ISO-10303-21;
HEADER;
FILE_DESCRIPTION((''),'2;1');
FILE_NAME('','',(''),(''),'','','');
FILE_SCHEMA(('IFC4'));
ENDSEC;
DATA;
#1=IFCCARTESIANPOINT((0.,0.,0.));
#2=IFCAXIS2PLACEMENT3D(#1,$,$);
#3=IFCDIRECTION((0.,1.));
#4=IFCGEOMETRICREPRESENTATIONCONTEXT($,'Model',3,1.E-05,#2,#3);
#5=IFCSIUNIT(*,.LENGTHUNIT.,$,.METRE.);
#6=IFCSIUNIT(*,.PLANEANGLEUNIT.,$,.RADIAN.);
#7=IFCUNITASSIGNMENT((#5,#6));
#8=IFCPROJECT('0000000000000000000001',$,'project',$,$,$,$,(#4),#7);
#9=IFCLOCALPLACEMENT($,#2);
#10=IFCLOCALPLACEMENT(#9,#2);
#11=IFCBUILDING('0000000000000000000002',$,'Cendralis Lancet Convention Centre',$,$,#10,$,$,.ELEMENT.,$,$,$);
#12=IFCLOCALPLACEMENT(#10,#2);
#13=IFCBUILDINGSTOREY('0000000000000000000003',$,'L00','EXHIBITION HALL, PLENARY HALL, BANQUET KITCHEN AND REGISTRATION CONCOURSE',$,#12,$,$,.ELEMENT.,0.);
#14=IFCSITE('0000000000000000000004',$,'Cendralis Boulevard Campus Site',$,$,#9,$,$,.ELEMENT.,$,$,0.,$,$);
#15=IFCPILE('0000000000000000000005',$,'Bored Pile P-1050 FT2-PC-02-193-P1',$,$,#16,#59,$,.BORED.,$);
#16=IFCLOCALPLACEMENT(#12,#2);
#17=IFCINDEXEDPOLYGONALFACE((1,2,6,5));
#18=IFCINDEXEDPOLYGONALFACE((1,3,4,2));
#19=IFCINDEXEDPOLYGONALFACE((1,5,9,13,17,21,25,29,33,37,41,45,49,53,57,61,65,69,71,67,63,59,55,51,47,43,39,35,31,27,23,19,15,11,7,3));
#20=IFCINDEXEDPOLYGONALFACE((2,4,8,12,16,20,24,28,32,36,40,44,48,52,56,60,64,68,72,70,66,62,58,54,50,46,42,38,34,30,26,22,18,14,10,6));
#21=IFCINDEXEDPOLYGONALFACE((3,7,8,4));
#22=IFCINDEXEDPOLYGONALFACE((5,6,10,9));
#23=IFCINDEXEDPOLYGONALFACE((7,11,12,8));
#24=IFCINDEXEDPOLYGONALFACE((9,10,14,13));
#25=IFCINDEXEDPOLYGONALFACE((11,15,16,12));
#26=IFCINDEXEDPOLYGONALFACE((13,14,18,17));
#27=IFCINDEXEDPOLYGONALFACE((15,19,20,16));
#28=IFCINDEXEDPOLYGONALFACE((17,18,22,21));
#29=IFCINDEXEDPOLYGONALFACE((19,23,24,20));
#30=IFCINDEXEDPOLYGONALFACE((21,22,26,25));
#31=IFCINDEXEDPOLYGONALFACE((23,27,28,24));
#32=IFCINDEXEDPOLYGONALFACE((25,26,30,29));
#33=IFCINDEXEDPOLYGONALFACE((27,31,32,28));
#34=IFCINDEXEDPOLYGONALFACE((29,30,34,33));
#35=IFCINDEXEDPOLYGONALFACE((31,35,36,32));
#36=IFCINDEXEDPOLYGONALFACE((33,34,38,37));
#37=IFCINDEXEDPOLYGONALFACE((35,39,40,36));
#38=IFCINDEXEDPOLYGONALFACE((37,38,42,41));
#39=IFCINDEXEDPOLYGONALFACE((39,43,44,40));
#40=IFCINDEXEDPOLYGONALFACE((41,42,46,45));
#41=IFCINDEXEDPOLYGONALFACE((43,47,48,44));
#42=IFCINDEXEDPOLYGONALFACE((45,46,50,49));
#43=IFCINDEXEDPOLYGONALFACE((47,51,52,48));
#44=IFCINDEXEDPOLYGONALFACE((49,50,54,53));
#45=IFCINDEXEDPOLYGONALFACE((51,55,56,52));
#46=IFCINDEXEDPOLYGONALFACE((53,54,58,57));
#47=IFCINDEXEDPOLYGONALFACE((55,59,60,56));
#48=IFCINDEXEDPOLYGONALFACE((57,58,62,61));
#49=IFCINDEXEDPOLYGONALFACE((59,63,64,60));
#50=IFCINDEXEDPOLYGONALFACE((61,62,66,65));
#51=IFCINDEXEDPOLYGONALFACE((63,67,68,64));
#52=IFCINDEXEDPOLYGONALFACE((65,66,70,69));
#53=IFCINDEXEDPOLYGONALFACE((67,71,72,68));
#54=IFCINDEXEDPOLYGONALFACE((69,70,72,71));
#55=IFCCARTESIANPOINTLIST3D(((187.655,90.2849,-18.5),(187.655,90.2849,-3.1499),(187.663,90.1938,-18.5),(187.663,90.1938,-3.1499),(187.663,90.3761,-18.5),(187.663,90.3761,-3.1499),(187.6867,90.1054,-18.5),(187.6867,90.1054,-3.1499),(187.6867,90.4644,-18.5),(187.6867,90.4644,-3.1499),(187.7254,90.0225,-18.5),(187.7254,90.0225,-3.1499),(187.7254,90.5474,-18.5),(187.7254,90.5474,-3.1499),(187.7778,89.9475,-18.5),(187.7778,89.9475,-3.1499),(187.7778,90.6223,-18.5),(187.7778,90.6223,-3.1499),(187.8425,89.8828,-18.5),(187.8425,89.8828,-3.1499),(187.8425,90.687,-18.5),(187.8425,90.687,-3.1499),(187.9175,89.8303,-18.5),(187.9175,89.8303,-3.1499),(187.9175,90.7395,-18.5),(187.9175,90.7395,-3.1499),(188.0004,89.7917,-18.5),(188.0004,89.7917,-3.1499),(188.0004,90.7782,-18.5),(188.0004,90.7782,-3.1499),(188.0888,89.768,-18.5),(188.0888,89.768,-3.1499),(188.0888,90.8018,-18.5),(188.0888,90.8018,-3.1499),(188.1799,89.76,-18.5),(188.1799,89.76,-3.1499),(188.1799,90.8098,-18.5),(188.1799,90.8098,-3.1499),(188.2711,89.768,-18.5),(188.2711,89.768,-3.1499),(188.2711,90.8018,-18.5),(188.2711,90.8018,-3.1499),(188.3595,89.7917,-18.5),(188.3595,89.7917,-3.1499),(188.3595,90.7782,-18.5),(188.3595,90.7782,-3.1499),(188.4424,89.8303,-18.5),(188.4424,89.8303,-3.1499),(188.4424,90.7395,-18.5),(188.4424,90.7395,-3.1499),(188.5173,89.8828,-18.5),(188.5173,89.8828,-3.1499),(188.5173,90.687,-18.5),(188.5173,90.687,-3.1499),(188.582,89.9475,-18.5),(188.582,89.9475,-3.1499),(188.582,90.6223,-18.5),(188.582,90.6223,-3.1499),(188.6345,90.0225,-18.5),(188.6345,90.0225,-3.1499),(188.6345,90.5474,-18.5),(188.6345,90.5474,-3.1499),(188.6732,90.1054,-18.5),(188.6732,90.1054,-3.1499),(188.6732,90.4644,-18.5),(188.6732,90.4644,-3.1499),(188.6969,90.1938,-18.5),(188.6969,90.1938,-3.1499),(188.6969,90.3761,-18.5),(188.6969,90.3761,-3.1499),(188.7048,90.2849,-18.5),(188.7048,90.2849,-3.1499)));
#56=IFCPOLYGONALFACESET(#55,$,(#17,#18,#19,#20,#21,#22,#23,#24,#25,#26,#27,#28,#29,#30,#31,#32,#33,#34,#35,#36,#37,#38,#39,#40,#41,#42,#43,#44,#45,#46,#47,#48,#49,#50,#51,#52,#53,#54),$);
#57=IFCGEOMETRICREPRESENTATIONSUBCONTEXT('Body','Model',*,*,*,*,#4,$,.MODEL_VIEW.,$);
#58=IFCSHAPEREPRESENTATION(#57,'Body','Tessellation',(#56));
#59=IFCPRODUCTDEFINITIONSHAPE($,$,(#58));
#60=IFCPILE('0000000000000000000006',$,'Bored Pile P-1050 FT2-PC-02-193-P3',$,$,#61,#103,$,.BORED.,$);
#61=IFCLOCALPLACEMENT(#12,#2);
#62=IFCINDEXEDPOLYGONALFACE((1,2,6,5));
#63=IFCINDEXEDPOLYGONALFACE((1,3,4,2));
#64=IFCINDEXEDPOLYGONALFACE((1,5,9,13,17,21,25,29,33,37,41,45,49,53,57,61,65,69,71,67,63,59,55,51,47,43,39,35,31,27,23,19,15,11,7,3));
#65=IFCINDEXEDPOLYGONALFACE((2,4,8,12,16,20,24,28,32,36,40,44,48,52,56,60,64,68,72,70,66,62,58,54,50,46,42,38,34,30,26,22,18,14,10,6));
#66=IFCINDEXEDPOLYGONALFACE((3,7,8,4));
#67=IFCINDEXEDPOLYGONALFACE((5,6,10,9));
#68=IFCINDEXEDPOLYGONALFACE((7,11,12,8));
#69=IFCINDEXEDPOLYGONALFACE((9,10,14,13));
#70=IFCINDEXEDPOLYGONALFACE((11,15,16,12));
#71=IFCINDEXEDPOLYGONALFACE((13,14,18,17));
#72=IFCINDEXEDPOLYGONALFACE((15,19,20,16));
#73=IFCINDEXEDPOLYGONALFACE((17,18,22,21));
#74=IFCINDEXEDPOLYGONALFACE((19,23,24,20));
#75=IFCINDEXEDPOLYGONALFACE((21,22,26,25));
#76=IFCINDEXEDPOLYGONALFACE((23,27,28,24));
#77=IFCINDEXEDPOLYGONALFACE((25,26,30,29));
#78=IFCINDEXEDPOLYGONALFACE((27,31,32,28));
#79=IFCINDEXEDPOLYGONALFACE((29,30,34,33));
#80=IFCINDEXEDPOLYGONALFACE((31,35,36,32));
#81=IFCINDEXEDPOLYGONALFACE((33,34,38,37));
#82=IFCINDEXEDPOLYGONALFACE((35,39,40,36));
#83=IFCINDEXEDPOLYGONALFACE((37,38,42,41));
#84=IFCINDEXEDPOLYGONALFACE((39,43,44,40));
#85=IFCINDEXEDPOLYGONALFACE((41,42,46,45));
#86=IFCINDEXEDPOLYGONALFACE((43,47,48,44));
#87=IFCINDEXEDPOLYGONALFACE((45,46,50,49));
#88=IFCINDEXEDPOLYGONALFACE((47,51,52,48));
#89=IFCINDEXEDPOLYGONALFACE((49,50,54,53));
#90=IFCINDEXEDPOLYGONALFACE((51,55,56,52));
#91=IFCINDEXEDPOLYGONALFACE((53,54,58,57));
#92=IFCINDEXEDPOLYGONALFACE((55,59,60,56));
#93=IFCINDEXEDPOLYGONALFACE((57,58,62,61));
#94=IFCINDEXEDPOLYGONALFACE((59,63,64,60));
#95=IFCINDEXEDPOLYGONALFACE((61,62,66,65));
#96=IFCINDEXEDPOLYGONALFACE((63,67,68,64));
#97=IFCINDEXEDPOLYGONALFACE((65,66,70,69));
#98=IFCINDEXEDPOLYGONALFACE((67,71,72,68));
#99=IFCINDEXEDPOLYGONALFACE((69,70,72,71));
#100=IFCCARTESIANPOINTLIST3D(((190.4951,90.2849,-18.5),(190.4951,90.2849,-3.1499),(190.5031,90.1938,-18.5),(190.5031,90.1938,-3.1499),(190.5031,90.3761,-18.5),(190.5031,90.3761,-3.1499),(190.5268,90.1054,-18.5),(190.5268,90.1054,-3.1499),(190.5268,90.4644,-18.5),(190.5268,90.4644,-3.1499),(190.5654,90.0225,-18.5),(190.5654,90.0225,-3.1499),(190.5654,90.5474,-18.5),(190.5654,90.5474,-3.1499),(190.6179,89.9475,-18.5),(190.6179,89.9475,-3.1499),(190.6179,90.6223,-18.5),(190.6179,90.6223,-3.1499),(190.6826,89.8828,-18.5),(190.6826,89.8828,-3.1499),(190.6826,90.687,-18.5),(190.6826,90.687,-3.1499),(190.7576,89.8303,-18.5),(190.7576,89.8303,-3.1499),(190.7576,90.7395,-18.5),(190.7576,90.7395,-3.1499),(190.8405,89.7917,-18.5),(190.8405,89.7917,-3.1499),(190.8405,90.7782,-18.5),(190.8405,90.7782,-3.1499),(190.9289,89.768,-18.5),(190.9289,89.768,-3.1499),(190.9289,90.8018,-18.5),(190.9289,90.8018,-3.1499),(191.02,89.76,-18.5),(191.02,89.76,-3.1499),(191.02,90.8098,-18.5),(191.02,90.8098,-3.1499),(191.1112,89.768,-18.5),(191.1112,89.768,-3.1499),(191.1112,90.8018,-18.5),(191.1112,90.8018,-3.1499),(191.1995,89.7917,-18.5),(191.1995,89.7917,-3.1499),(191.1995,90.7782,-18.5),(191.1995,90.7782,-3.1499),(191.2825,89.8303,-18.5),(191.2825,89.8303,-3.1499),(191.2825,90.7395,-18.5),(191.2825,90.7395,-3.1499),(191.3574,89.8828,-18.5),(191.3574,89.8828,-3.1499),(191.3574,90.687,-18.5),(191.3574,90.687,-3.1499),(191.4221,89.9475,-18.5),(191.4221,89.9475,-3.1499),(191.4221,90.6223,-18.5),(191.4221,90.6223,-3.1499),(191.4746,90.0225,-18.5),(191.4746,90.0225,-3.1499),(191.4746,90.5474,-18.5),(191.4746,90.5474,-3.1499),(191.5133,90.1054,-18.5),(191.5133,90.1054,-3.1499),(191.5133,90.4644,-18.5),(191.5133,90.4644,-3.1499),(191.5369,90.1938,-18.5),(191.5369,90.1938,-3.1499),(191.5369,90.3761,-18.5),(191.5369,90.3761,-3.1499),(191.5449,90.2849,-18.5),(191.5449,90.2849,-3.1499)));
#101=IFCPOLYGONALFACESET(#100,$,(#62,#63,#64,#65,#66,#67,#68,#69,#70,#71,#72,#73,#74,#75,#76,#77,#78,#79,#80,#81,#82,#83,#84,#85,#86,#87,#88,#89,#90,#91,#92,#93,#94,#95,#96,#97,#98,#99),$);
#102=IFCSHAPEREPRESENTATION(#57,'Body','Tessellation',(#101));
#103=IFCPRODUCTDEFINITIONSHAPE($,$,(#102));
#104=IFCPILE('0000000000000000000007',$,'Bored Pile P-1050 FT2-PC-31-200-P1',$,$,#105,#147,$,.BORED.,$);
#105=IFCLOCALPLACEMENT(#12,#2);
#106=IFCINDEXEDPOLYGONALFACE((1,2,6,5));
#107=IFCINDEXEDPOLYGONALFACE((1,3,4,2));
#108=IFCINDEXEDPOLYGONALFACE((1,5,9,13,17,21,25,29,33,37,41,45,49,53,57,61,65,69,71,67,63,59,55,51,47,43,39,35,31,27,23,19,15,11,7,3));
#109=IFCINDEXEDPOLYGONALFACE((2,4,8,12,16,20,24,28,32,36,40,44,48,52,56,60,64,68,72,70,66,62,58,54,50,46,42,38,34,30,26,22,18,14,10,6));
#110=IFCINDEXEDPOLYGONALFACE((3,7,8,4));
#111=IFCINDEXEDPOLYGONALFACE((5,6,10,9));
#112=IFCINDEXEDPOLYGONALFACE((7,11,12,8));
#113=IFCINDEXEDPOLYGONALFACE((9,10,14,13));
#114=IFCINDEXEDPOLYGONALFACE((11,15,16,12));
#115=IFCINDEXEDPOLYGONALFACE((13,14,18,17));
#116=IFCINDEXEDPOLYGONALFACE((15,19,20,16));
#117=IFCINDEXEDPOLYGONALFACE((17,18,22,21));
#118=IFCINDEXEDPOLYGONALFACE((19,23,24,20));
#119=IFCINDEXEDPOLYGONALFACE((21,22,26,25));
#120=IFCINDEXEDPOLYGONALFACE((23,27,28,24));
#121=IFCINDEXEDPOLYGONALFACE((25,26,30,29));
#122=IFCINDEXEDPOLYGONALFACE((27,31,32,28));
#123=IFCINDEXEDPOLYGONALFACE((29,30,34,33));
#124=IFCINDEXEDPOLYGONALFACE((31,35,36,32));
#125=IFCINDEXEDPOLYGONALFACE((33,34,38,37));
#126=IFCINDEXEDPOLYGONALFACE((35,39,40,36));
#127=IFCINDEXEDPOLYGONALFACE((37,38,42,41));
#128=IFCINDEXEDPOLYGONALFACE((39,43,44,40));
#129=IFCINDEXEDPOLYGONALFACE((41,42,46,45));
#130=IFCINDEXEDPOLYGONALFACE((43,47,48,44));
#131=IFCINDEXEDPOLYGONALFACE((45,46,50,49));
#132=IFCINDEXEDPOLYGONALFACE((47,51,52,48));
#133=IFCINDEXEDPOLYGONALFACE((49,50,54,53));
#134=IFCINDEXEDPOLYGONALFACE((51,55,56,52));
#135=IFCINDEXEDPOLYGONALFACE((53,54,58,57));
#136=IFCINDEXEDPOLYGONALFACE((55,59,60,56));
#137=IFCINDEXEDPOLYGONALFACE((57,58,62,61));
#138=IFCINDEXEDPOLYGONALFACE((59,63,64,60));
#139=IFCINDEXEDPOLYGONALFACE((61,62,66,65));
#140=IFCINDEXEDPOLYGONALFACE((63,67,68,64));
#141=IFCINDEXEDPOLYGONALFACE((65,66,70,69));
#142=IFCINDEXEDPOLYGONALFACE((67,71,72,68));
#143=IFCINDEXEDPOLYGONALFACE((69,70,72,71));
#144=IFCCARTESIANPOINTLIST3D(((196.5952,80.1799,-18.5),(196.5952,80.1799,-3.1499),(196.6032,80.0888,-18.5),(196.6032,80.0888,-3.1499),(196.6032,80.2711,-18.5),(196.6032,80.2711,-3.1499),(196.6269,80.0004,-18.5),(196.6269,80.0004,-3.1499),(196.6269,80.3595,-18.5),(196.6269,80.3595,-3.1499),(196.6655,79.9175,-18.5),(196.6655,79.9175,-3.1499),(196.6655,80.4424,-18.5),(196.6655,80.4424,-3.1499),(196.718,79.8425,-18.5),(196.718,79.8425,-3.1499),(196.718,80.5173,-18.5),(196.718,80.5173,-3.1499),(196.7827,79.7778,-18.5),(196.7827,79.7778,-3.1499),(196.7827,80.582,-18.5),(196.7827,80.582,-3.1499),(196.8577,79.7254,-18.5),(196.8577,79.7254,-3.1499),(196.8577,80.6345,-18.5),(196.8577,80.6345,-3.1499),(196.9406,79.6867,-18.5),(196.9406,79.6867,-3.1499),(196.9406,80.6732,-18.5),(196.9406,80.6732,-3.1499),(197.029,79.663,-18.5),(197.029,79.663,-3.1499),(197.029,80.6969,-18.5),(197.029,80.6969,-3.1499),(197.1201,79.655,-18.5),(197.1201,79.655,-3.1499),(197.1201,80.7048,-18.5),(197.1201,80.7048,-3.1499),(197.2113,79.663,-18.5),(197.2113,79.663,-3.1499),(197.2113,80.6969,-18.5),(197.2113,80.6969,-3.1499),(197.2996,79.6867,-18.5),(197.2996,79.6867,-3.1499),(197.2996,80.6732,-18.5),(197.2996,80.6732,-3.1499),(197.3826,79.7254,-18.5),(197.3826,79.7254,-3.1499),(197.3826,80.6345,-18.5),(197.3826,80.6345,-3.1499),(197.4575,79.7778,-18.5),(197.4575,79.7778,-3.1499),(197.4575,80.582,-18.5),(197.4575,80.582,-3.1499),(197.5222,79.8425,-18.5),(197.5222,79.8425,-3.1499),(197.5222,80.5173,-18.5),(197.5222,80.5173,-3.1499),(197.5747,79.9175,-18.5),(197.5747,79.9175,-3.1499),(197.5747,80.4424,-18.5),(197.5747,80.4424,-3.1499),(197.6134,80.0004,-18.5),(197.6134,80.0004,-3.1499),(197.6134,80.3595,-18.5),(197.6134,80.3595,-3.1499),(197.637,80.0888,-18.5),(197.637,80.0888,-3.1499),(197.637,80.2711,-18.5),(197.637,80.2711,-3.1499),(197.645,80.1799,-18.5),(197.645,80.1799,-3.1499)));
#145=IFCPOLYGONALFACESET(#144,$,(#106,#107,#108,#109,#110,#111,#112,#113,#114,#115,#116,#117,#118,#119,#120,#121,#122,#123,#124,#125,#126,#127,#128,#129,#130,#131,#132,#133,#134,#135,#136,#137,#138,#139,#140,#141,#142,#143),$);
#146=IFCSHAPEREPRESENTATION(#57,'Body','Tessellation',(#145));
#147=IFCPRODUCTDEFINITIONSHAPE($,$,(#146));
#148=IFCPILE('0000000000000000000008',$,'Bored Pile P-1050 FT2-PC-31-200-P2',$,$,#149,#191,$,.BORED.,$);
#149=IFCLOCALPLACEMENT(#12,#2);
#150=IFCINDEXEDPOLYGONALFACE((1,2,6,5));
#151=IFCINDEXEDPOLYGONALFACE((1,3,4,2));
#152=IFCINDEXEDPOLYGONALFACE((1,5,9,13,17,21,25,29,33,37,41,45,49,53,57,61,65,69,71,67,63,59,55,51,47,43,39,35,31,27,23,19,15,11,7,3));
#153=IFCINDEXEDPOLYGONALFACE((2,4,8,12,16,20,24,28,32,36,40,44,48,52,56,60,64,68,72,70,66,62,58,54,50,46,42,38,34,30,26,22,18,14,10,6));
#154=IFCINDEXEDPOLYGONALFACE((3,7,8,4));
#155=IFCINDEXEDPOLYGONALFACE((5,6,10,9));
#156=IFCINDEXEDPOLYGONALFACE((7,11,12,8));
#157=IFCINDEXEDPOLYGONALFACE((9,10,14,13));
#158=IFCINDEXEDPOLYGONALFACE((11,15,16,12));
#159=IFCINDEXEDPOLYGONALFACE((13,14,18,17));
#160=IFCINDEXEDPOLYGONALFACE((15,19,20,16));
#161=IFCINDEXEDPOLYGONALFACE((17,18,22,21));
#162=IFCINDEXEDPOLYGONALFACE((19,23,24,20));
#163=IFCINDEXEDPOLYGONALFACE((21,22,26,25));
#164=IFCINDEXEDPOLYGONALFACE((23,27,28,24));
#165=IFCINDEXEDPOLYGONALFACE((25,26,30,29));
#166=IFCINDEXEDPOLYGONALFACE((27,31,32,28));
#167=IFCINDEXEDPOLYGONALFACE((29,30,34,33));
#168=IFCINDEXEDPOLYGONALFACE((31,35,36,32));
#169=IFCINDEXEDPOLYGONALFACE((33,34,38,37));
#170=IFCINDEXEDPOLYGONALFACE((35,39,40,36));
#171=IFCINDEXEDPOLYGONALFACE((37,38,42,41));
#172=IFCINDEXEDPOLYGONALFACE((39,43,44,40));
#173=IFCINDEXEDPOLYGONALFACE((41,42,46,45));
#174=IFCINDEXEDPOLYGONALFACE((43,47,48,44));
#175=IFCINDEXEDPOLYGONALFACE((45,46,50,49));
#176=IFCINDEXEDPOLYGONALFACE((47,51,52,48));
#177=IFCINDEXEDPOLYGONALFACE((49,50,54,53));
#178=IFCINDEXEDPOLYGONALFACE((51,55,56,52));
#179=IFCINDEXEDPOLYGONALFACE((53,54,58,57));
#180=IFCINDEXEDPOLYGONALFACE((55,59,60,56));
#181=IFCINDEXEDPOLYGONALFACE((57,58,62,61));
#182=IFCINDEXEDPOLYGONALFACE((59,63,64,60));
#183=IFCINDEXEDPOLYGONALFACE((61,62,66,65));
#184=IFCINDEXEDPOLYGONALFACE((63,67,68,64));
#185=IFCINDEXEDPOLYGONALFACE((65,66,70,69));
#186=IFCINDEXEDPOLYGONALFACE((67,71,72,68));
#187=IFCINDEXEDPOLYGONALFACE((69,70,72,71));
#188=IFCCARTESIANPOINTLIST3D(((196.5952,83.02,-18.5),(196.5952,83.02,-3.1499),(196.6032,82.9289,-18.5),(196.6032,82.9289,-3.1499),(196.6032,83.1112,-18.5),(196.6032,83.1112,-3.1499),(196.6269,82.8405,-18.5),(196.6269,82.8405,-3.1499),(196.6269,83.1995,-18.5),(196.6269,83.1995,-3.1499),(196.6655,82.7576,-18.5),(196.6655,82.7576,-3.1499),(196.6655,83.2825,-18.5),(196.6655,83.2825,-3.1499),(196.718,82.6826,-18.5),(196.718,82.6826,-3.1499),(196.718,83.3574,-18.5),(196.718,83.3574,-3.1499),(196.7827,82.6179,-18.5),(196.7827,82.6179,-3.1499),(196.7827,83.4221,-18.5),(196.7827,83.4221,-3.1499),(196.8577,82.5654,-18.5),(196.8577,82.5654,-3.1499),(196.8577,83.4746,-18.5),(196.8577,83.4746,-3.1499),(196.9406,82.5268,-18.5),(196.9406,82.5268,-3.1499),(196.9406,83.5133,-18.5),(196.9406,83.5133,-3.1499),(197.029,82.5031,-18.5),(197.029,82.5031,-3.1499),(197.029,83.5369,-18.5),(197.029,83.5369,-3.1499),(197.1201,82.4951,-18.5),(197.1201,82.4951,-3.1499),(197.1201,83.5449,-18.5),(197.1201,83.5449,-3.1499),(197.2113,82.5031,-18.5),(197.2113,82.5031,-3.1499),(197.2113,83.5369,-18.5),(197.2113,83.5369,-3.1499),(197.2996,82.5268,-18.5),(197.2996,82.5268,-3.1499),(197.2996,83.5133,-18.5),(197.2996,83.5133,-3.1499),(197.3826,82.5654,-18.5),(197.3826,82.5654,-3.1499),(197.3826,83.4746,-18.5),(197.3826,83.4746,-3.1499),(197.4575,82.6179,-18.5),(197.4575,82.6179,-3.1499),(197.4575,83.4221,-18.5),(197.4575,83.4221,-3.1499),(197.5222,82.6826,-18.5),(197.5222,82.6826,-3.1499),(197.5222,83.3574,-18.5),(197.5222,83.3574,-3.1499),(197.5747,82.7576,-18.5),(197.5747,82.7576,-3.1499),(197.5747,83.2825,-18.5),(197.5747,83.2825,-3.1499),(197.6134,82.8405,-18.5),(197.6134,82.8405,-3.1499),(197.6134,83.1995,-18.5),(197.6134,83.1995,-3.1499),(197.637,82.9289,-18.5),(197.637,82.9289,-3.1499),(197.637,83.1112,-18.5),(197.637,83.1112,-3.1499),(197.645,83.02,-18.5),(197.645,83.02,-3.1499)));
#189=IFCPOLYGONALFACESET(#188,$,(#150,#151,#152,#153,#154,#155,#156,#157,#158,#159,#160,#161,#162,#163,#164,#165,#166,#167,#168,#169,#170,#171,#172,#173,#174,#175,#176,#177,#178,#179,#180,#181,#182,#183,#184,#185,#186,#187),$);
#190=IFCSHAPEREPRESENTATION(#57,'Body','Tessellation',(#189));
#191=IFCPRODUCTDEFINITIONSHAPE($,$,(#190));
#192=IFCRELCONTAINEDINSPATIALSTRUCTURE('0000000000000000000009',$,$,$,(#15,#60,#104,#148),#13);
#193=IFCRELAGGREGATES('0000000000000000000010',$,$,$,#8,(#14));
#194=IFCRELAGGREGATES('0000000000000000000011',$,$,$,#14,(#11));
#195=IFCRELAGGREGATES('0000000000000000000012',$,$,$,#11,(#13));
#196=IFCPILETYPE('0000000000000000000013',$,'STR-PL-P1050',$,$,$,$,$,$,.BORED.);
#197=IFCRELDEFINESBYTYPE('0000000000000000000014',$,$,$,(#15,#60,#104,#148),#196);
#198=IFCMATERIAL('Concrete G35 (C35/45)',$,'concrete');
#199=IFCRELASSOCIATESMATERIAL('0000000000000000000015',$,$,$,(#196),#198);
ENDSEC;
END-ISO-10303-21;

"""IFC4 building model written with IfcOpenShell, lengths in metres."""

from ifc_helpers import new_model, si_unit, direction, frame, origin, origin_2d, place, context, subcontext, project, spatial, circle, extrude, material, material_profile, profile_set, type_object, element, save


model = new_model("IFC4")

# Units and contexts
model_context = context("Model", 3, precision=1e-05, world=origin(), true_north=direction((0.0, 1.0)))
body_context = subcontext(model_context, "Body", "Model", "MODEL_VIEW")
ifc_project = project(units=[si_unit("LENGTHUNIT", "METRE"), si_unit("PLANEANGLEUNIT", "RADIAN")], contexts=[model_context])

# Site, building, storey
site_placement = place(None, origin())
site = spatial("IfcSite", under=ifc_project, at=site_placement, Name="Cendralis Boulevard Campus Site", CompositionType="ELEMENT", RefElevation=0.0)
building_placement = place(site_placement, origin())
building = spatial("IfcBuilding", under=site, at=building_placement, Name="Cendralis Lancet Convention Centre", CompositionType="ELEMENT")
storey_placement = place(building_placement, origin())
storey = spatial("IfcBuildingStorey", under=building, at=storey_placement, Name="L00", Description="EXHIBITION HALL, PLENARY HALL, BANQUET KITCHEN AND REGISTRATION CONCOURSE", CompositionType="ELEMENT", Elevation=0.0)

# Piles
ifc_material_1 = material(Name="Concrete G35 (C35/45)", Category="concrete")
ifc_material_profile_1 = material_profile(ifc_material_1, circle(Radius=0.5249, at=origin_2d()), Name="BORED PILE D1050")
ifc_profile_set_1 = profile_set([ifc_material_profile_1], Name="Concrete G35 (C35/45)")
pile_type_1 = type_object("IfcPileType", Name="STR-PL-P1050", PredefinedType="BORED", material=ifc_profile_set_1)
for number, where, z_axis, x_axis, name in (
    (1, (188.1799, 90.2849, -3.1499), (0.0, 0.0, -1.0), (1.0, 0.0, 0.0), "Bored Pile P-1050 FT2-PC-02-193-P1"),
    (2, (191.02, 90.2849, -3.1499), (0.0, 0.0, -1.0), (1.0, 0.0, 0.0), "Bored Pile P-1050 FT2-PC-02-193-P3"),
    (3, (197.1201, 80.1799, -3.1499), (0.0, 0.0, -1.0), (1.0, 0.0, 0.0), "Bored Pile P-1050 FT2-PC-31-200-P1"),
    (4, (197.1201, 83.02, -3.1499), (0.0, 0.0, -1.0), (1.0, 0.0, 0.0), "Bored Pile P-1050 FT2-PC-31-200-P2"),
):
    element("IfcPile", number, at=place(storey_placement, frame(where, z_axis=z_axis, x_axis=x_axis)), inside=storey, type_object=pile_type_1, Name=name, PredefinedType="BORED", context=body_context, shape_type="SweptSolid", body=[
        extrude(circle(Radius=0.5249, at=origin_2d()), origin(), (0.0, 0.0, 1.0), 15.3501),
    ])

save(model, "model.ifc")
